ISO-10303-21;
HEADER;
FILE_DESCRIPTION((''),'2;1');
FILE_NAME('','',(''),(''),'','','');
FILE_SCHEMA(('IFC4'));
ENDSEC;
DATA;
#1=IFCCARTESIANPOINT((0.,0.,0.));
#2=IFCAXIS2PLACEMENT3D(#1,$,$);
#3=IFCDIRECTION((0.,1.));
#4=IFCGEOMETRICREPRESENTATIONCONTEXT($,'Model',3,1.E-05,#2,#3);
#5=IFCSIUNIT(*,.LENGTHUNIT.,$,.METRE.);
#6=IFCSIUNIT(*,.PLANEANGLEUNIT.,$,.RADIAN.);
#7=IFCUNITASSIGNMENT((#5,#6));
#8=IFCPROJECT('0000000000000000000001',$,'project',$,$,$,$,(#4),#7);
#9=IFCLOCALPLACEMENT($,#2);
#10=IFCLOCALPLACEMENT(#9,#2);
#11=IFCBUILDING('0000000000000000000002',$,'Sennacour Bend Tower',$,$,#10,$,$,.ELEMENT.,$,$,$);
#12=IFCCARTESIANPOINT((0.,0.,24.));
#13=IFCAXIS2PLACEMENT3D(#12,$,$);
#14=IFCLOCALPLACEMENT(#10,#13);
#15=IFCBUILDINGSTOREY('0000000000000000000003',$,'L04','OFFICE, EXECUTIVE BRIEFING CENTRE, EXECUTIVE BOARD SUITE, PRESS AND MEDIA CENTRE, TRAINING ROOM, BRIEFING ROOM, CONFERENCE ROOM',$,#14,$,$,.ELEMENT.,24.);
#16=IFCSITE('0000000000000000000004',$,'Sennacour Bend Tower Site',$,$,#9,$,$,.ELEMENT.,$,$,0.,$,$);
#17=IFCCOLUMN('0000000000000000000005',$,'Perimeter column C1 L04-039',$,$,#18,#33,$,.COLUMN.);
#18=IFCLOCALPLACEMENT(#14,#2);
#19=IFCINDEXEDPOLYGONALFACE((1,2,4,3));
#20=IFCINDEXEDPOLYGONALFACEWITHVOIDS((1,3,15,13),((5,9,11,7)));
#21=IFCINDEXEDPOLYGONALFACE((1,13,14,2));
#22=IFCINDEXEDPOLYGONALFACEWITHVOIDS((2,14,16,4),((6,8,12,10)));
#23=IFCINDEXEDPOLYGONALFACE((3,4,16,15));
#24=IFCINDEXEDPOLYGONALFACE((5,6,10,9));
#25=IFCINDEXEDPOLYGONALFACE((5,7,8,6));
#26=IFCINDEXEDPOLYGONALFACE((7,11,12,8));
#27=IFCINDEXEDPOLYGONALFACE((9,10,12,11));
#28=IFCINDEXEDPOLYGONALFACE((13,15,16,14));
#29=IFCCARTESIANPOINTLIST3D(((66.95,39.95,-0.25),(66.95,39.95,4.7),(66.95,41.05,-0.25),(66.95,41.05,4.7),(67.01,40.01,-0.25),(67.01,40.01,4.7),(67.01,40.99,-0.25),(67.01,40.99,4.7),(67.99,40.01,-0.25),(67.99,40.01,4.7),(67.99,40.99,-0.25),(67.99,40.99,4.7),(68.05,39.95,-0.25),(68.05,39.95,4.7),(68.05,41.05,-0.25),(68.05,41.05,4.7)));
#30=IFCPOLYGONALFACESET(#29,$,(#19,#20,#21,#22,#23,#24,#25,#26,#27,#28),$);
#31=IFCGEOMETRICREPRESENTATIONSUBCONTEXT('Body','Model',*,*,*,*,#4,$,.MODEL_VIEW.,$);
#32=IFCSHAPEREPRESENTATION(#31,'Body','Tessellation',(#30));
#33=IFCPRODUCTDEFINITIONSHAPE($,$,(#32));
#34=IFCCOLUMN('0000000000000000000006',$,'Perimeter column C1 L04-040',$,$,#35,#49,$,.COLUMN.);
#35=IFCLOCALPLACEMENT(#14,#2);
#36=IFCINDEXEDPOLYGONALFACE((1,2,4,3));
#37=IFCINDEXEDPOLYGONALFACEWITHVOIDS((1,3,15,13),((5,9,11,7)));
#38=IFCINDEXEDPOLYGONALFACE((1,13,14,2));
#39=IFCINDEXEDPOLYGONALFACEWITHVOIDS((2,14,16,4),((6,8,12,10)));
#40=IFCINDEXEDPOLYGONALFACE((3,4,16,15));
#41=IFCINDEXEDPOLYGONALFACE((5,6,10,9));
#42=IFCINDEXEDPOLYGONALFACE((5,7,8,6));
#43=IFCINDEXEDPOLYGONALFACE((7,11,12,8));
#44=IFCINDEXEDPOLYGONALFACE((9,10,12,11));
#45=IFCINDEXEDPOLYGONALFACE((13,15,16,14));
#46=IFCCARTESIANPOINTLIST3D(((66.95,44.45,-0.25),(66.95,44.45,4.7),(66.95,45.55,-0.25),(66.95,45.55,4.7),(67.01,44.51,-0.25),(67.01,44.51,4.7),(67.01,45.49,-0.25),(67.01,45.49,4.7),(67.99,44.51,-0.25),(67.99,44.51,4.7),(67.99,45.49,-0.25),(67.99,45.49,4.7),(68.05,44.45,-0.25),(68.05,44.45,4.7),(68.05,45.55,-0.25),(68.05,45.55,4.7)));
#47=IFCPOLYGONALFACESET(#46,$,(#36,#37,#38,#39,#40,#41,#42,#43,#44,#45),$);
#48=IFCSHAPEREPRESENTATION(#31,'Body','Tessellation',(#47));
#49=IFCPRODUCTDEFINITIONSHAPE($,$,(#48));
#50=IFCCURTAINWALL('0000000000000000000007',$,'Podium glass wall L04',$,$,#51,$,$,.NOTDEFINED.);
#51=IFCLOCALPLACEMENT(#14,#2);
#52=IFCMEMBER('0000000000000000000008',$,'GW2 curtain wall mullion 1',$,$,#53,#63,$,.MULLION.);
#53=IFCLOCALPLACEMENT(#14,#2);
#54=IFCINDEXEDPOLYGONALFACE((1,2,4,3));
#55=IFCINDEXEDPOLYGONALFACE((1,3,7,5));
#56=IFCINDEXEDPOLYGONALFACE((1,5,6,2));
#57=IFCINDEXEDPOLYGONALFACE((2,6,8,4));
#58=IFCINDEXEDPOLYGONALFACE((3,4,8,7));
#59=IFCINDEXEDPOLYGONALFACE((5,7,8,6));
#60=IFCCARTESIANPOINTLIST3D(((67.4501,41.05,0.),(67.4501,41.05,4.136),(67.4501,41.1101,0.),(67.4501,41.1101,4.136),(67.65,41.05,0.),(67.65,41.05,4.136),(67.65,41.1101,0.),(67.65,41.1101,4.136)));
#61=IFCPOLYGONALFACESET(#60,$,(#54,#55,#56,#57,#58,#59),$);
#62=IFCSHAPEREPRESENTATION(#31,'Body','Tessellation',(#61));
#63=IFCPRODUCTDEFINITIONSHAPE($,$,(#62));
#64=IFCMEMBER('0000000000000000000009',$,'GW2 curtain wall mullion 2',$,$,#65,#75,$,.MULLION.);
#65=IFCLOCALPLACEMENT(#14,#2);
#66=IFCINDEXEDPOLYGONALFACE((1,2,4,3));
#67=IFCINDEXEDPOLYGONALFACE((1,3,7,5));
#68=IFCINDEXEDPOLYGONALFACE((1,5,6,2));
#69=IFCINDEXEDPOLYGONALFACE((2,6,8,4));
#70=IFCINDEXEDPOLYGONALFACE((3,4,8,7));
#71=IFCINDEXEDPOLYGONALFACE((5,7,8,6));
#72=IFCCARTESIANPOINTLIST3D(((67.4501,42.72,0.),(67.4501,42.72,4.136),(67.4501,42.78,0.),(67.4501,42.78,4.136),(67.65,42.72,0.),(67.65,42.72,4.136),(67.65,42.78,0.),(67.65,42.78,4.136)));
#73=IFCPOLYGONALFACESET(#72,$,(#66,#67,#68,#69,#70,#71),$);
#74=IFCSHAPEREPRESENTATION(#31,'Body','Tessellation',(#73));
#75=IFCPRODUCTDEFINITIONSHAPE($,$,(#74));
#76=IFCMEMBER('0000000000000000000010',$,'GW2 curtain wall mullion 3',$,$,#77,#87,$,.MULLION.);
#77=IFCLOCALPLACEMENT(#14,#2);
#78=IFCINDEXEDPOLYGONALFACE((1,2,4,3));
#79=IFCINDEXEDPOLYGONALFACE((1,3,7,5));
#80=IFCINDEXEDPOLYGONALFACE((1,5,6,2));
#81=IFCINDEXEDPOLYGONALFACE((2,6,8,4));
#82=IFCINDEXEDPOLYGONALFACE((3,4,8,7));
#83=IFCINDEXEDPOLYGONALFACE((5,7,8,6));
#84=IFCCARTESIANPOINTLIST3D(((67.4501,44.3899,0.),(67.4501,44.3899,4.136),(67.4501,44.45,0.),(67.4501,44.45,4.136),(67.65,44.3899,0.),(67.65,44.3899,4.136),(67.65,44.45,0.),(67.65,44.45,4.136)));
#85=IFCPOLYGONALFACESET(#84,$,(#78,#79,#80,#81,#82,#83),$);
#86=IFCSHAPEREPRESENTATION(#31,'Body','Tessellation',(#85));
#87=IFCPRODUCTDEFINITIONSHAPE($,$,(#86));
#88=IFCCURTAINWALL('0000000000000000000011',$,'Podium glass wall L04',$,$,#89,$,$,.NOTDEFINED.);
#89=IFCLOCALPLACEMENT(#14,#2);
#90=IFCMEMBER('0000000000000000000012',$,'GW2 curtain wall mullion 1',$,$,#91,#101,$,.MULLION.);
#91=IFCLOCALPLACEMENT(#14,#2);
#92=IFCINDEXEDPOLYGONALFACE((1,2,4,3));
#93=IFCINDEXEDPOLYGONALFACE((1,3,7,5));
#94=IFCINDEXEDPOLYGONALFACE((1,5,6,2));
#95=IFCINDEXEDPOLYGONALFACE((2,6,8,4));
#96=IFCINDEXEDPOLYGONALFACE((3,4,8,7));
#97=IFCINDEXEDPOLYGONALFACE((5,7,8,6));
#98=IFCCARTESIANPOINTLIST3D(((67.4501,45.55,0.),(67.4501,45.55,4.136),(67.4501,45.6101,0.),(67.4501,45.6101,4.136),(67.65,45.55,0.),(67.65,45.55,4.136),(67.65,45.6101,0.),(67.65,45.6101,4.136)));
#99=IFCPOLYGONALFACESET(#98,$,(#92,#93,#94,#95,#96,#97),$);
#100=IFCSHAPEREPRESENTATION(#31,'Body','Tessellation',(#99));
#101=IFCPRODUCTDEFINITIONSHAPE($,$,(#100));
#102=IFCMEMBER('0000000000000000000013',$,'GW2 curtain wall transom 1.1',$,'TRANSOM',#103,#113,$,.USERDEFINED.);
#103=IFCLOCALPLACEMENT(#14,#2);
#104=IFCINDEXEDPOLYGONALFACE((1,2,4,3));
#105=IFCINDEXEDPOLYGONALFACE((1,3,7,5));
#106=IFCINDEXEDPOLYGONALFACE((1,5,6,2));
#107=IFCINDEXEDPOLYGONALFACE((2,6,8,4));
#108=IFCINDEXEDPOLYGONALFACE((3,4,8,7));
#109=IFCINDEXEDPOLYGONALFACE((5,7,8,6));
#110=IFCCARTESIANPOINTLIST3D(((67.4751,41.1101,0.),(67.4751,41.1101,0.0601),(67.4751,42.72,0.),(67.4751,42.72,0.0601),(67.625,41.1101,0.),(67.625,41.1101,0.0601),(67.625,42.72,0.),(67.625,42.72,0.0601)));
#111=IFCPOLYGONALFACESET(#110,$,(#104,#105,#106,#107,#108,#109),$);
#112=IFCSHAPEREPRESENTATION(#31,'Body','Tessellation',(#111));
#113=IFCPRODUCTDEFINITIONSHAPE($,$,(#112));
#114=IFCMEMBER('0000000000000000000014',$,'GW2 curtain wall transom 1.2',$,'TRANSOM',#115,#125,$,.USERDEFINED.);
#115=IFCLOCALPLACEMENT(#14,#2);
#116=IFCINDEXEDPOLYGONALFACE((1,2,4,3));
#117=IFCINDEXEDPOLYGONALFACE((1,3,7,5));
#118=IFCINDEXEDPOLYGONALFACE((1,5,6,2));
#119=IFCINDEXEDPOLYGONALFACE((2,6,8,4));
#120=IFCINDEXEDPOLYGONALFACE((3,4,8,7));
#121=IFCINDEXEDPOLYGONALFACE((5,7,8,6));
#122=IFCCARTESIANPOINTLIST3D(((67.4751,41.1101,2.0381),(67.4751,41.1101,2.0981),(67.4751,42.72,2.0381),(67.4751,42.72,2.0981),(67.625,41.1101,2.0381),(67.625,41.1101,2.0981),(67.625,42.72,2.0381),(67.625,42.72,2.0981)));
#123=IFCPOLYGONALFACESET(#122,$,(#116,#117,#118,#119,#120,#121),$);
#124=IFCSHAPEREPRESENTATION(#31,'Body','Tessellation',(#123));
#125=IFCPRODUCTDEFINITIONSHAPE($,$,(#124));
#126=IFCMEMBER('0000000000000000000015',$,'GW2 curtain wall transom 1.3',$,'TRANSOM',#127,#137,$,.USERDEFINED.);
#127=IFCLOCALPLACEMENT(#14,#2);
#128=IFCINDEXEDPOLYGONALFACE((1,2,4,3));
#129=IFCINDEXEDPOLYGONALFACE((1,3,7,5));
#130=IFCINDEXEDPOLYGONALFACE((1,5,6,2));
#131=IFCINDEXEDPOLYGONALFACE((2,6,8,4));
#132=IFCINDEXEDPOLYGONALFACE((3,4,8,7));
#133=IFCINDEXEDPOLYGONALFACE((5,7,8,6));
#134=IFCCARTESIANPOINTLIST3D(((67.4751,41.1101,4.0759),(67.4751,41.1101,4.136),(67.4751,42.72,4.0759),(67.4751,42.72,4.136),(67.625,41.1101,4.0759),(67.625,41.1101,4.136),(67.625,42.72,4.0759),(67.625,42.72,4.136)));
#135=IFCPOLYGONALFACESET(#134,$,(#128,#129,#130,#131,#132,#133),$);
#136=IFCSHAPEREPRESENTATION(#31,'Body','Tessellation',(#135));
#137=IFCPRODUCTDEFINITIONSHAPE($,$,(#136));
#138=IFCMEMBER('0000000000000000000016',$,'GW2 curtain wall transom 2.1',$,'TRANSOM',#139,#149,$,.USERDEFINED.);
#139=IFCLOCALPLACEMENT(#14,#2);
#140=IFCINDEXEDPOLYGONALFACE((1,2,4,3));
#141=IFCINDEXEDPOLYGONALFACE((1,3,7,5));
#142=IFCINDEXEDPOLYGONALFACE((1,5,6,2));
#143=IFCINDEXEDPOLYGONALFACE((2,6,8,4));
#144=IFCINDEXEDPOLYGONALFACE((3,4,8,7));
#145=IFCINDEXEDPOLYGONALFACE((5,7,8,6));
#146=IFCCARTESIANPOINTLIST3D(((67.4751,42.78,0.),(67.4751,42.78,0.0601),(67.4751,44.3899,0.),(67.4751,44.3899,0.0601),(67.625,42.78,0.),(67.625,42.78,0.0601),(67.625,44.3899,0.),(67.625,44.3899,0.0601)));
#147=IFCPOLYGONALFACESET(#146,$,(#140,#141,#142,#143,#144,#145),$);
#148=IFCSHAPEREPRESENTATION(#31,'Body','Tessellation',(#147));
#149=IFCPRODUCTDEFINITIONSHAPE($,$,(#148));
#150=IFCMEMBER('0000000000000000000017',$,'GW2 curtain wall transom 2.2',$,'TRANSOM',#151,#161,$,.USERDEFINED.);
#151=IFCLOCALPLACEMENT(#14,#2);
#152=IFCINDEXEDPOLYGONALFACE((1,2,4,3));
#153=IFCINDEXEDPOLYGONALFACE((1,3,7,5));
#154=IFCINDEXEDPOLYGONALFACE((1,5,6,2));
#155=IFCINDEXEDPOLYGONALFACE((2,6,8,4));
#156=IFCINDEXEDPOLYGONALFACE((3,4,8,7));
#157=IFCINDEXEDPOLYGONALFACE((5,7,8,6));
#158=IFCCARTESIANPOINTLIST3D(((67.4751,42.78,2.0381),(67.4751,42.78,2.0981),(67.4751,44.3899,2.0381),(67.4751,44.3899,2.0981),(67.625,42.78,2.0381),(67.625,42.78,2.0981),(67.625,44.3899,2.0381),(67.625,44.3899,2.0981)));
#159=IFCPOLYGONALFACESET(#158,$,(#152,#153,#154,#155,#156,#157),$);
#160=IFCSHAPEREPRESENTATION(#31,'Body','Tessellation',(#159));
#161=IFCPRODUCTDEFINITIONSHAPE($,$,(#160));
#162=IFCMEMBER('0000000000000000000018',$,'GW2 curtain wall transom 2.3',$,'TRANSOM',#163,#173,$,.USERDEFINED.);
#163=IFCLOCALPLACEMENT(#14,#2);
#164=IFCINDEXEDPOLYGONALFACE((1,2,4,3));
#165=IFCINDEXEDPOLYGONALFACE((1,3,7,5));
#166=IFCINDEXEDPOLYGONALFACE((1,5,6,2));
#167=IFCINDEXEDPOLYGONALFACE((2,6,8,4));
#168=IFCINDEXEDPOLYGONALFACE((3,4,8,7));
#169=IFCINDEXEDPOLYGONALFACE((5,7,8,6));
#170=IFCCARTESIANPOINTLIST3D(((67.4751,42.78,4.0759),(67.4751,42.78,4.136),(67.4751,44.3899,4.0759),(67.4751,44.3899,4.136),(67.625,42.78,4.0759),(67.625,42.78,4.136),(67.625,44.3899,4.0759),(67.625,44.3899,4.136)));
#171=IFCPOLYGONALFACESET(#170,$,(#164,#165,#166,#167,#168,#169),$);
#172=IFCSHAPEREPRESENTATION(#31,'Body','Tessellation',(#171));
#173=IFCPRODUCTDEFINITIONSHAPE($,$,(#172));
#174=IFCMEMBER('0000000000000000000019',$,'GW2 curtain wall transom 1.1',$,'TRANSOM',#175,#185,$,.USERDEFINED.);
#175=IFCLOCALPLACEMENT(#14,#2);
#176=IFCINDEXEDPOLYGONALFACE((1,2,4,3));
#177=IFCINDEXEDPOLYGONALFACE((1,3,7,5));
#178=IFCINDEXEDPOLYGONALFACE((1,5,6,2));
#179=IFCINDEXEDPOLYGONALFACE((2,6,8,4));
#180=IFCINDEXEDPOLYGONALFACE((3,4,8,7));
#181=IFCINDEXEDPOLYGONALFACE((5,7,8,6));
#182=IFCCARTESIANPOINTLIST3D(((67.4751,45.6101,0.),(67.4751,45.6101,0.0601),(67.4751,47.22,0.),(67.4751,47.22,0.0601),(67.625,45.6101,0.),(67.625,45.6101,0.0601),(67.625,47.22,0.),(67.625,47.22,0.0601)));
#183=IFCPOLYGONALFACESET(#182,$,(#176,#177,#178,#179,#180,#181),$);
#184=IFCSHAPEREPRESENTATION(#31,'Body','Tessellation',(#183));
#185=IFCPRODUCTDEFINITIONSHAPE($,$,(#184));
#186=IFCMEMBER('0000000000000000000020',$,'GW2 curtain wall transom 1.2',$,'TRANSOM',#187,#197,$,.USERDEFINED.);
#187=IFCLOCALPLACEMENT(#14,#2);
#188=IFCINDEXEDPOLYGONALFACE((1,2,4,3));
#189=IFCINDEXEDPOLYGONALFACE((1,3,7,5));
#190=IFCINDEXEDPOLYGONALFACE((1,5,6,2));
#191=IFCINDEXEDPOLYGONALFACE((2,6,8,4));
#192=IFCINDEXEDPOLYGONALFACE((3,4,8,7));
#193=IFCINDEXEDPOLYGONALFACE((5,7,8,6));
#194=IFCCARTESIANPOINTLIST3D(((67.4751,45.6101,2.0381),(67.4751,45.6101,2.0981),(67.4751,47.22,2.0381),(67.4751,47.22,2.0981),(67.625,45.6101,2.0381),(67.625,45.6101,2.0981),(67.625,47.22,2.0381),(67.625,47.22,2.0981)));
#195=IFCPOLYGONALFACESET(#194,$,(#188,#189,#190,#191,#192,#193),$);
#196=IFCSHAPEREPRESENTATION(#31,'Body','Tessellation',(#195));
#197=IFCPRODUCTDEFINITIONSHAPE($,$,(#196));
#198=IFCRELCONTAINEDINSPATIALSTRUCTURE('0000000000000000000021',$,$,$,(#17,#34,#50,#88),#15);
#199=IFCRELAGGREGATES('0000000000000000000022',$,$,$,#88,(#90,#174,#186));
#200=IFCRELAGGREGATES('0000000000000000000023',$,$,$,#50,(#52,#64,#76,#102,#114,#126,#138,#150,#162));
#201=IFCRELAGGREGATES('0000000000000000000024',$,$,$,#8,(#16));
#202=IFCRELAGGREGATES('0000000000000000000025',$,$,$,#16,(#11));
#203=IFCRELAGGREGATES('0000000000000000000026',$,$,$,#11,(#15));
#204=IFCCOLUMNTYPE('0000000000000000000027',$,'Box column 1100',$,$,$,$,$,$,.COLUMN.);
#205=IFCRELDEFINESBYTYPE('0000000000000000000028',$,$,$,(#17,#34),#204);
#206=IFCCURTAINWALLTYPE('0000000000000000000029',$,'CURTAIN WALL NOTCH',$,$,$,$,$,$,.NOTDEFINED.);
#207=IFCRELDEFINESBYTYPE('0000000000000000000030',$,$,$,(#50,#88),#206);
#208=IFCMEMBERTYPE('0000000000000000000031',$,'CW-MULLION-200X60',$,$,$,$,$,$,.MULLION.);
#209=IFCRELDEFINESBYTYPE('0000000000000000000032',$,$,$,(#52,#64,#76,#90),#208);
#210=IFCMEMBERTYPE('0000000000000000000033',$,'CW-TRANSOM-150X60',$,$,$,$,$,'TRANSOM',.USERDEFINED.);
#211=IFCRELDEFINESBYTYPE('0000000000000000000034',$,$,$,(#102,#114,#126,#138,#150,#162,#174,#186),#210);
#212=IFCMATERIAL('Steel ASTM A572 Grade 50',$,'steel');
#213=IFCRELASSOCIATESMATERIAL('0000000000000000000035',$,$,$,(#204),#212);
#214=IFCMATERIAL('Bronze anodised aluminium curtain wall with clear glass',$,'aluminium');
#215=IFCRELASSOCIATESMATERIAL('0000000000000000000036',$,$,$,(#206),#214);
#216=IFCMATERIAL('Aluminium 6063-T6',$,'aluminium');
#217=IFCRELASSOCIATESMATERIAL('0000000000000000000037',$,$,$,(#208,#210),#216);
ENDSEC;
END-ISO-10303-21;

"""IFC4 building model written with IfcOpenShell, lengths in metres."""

from ifc_helpers import new_model, si_unit, direction, frame, origin, origin_2d, place, context, subcontext, project, spatial, rectangle, hollow_rectangle, extrude, material, material_profile, profile_set, type_object, element, aggregate, save


model = new_model("IFC4")

# Units and contexts
model_context = context("Model", 3, precision=1e-05, world=origin(), true_north=direction((0.0, 1.0)))
body_context = subcontext(model_context, "Body", "Model", "MODEL_VIEW")
ifc_project = project(units=[si_unit("LENGTHUNIT", "METRE"), si_unit("PLANEANGLEUNIT", "RADIAN")], contexts=[model_context])

# Site, building, storey
site_placement = place(None, origin())
site = spatial("IfcSite", under=ifc_project, at=site_placement, Name="Sennacour Bend Tower Site", CompositionType="ELEMENT", RefElevation=0.0)
building_placement = place(site_placement, origin())
building = spatial("IfcBuilding", under=site, at=building_placement, Name="Sennacour Bend Tower", CompositionType="ELEMENT")
storey_placement = place(building_placement, frame((0.0, 0.0, 24.0)))
storey = spatial("IfcBuildingStorey", under=building, at=storey_placement, Name="L04", Description="OFFICE, EXECUTIVE BRIEFING CENTRE, EXECUTIVE BOARD SUITE, PRESS AND MEDIA CENTRE, TRAINING ROOM, BRIEFING ROOM, CONFERENCE ROOM", CompositionType="ELEMENT", Elevation=24.0)

# Columns
ifc_material_1 = material(Name="Steel ASTM A572 Grade 50", Category="steel")
ifc_material_profile_1 = material_profile(ifc_material_1, hollow_rectangle(XDim=1.1001, YDim=1.1001, WallThickness=0.0601, at=origin_2d()), Name="Steel ASTM A572 Grade 50", Category="steel")
ifc_profile_set_1 = profile_set([ifc_material_profile_1], Name="Steel ASTM A572 Grade 50")
column_type = type_object("IfcColumnType", Name="Box column 1100", PredefinedType="COLUMN", material=ifc_profile_set_1)
for number, where, z_axis, x_axis, name in (
    (1, (67.5, 40.5, -0.25), (0.0, 0.0, 1.0), (1.0, 0.0, 0.0), "Perimeter column C1 L04-039"),
    (2, (67.5, 45.0, -0.25), (0.0, 0.0, 1.0), (1.0, 0.0, 0.0), "Perimeter column C1 L04-040"),
):
    element("IfcColumn", number, at=place(storey_placement, frame(where, z_axis=z_axis, x_axis=x_axis)), inside=storey, type_object=column_type, Name=name, PredefinedType="COLUMN", context=body_context, shape_type="SweptSolid", body=[
        extrude(hollow_rectangle(XDim=1.1001, YDim=1.1001, WallThickness=0.0601, at=origin_2d()), origin(), (0.0, 0.0, 1.0), 4.95),
    ])

# Curtain wall, members
ifc_material_2 = material(Name="Bronze anodised aluminium curtain wall with clear glass", Category="aluminium")
curtain_wall_type = type_object("IfcCurtainWallType", Name="CURTAIN WALL NOTCH", PredefinedType="NOTDEFINED", material=ifc_material_2)
curtain_wall_1_placement = place(storey_placement, origin())
curtain_wall_1 = element("IfcCurtainWall", 3, at=curtain_wall_1_placement, inside=storey, type_object=curtain_wall_type, Name="Podium glass wall L04", PredefinedType="NOTDEFINED")
ifc_material_3 = material(Name="Aluminium 6063-T6", Category="aluminium")
ifc_material_profile_2 = material_profile(ifc_material_3, rectangle(XDim=0.2, YDim=0.0601, at=origin_2d()), Name="Aluminium 6063-T6", Category="aluminium")
ifc_profile_set_2 = profile_set([ifc_material_profile_2], Name="Aluminium 6063-T6")
member_type_1 = type_object("IfcMemberType", Name="CW-MULLION-200X60", PredefinedType="MULLION", material=ifc_profile_set_2)
member_1_placement = place(storey_placement, frame((67.55, 41.0801, 0.0), z_axis=(0.0, 0.0, 1.0), x_axis=(-1.0, 0.0, 0.0)))
member_1 = element("IfcMember", 4, at=member_1_placement, type_object=member_type_1, Name="GW2 curtain wall mullion 1", PredefinedType="MULLION", context=body_context, shape_type="SweptSolid", body=[
    extrude(rectangle(XDim=0.2, YDim=0.0601, at=origin_2d()), origin(), (0.0, 0.0, 1.0), 4.136),
])
member_2_placement = place(storey_placement, frame((67.55, 42.75, 0.0), z_axis=(0.0, 0.0, 1.0), x_axis=(-1.0, 0.0, 0.0)))
member_2 = element("IfcMember", 5, at=member_2_placement, type_object=member_type_1, Name="GW2 curtain wall mullion 2", PredefinedType="MULLION", context=body_context, shape_type="SweptSolid", body=[
    extrude(rectangle(XDim=0.2, YDim=0.0601, at=origin_2d()), origin(), (0.0, 0.0, 1.0), 4.136),
])
member_3_placement = place(storey_placement, frame((67.55, 44.4199, 0.0), z_axis=(0.0, 0.0, 1.0), x_axis=(-1.0, 0.0, 0.0)))
member_3 = element("IfcMember", 6, at=member_3_placement, type_object=member_type_1, Name="GW2 curtain wall mullion 3", PredefinedType="MULLION", context=body_context, shape_type="SweptSolid", body=[
    extrude(rectangle(XDim=0.2, YDim=0.0601, at=origin_2d()), origin(), (0.0, 0.0, 1.0), 4.136),
])

# Curtain wall, member
curtain_wall_2_placement = place(storey_placement, origin())
curtain_wall_2 = element("IfcCurtainWall", 7, at=curtain_wall_2_placement, inside=storey, type_object=curtain_wall_type, Name="Podium glass wall L04", PredefinedType="NOTDEFINED")
member_4_placement = place(storey_placement, frame((67.55, 45.5801, 0.0), z_axis=(0.0, 0.0, 1.0), x_axis=(-1.0, 0.0, 0.0)))
member_4 = element("IfcMember", 8, at=member_4_placement, type_object=member_type_1, Name="GW2 curtain wall mullion 1", PredefinedType="MULLION", context=body_context, shape_type="SweptSolid", body=[
    extrude(rectangle(XDim=0.2, YDim=0.0601, at=origin_2d()), origin(), (0.0, 0.0, 1.0), 4.136),
])

# Members
ifc_material_profile_3 = material_profile(ifc_material_3, rectangle(XDim=0.1499, YDim=0.0601, at=origin_2d()), Name="Aluminium 6063-T6", Category="aluminium")
ifc_profile_set_3 = profile_set([ifc_material_profile_3], Name="Aluminium 6063-T6")
member_type_2 = type_object("IfcMemberType", Name="CW-TRANSOM-150X60", ElementType="TRANSOM", PredefinedType="USERDEFINED", material=ifc_profile_set_3)
member_5_placement = place(storey_placement, frame((67.55, 41.1101, 0.03), z_axis=(0.0, 1.0, 0.0), x_axis=(-1.0, 0.0, 0.0)))
member_5 = element("IfcMember", 9, at=member_5_placement, type_object=member_type_2, Name="GW2 curtain wall transom 1.1", ObjectType="TRANSOM", PredefinedType="USERDEFINED", context=body_context, shape_type="SweptSolid", body=[
    extrude(rectangle(XDim=0.1499, YDim=0.0601, at=origin_2d()), origin(), (0.0, 0.0, 1.0), 1.6099),
])
member_6_placement = place(storey_placement, frame((67.55, 41.1101, 2.0681), z_axis=(0.0, 1.0, 0.0), x_axis=(-1.0, 0.0, 0.0)))
member_6 = element("IfcMember", 10, at=member_6_placement, type_object=member_type_2, Name="GW2 curtain wall transom 1.2", ObjectType="TRANSOM", PredefinedType="USERDEFINED", context=body_context, shape_type="SweptSolid", body=[
    extrude(rectangle(XDim=0.1499, YDim=0.0601, at=origin_2d()), origin(), (0.0, 0.0, 1.0), 1.6099),
])
member_7_placement = place(storey_placement, frame((67.55, 41.1101, 4.106), z_axis=(0.0, 1.0, 0.0), x_axis=(-1.0, 0.0, 0.0)))
member_7 = element("IfcMember", 11, at=member_7_placement, type_object=member_type_2, Name="GW2 curtain wall transom 1.3", ObjectType="TRANSOM", PredefinedType="USERDEFINED", context=body_context, shape_type="SweptSolid", body=[
    extrude(rectangle(XDim=0.1499, YDim=0.0601, at=origin_2d()), origin(), (0.0, 0.0, 1.0), 1.6099),
])
member_8_placement = place(storey_placement, frame((67.55, 42.78, 0.03), z_axis=(0.0, 1.0, 0.0), x_axis=(-1.0, 0.0, 0.0)))
member_8 = element("IfcMember", 12, at=member_8_placement, type_object=member_type_2, Name="GW2 curtain wall transom 2.1", ObjectType="TRANSOM", PredefinedType="USERDEFINED", context=body_context, shape_type="SweptSolid", body=[
    extrude(rectangle(XDim=0.1499, YDim=0.0601, at=origin_2d()), origin(), (0.0, 0.0, 1.0), 1.6099),
])
member_9_placement = place(storey_placement, frame((67.55, 42.78, 2.0681), z_axis=(0.0, 1.0, 0.0), x_axis=(-1.0, 0.0, 0.0)))
member_9 = element("IfcMember", 13, at=member_9_placement, type_object=member_type_2, Name="GW2 curtain wall transom 2.2", ObjectType="TRANSOM", PredefinedType="USERDEFINED", context=body_context, shape_type="SweptSolid", body=[
    extrude(rectangle(XDim=0.1499, YDim=0.0601, at=origin_2d()), origin(), (0.0, 0.0, 1.0), 1.6099),
])
member_10_placement = place(storey_placement, frame((67.55, 42.78, 4.106), z_axis=(0.0, 1.0, 0.0), x_axis=(-1.0, 0.0, 0.0)))
member_10 = element("IfcMember", 14, at=member_10_placement, type_object=member_type_2, Name="GW2 curtain wall transom 2.3", ObjectType="TRANSOM", PredefinedType="USERDEFINED", context=body_context, shape_type="SweptSolid", body=[
    extrude(rectangle(XDim=0.1499, YDim=0.0601, at=origin_2d()), origin(), (0.0, 0.0, 1.0), 1.6099),
])
member_11_placement = place(storey_placement, frame((67.55, 45.6101, 0.03), z_axis=(0.0, 1.0, 0.0), x_axis=(-1.0, 0.0, 0.0)))
member_11 = element("IfcMember", 15, at=member_11_placement, type_object=member_type_2, Name="GW2 curtain wall transom 1.1", ObjectType="TRANSOM", PredefinedType="USERDEFINED", context=body_context, shape_type="SweptSolid", body=[
    extrude(rectangle(XDim=0.1499, YDim=0.0601, at=origin_2d()), origin(), (0.0, 0.0, 1.0), 1.6099),
])
member_12_placement = place(storey_placement, frame((67.55, 45.6101, 2.0681), z_axis=(0.0, 1.0, 0.0), x_axis=(-1.0, 0.0, 0.0)))
member_12 = element("IfcMember", 16, at=member_12_placement, type_object=member_type_2, Name="GW2 curtain wall transom 1.2", ObjectType="TRANSOM", PredefinedType="USERDEFINED", context=body_context, shape_type="SweptSolid", body=[
    extrude(rectangle(XDim=0.1499, YDim=0.0601, at=origin_2d()), origin(), (0.0, 0.0, 1.0), 1.6099),
])
aggregate(curtain_wall_2, [member_4, member_11, member_12])

aggregate(curtain_wall_1, [member_1, member_2, member_3, member_5, member_6, member_7, member_8, member_9, member_10])

save(model, "model.ifc")
